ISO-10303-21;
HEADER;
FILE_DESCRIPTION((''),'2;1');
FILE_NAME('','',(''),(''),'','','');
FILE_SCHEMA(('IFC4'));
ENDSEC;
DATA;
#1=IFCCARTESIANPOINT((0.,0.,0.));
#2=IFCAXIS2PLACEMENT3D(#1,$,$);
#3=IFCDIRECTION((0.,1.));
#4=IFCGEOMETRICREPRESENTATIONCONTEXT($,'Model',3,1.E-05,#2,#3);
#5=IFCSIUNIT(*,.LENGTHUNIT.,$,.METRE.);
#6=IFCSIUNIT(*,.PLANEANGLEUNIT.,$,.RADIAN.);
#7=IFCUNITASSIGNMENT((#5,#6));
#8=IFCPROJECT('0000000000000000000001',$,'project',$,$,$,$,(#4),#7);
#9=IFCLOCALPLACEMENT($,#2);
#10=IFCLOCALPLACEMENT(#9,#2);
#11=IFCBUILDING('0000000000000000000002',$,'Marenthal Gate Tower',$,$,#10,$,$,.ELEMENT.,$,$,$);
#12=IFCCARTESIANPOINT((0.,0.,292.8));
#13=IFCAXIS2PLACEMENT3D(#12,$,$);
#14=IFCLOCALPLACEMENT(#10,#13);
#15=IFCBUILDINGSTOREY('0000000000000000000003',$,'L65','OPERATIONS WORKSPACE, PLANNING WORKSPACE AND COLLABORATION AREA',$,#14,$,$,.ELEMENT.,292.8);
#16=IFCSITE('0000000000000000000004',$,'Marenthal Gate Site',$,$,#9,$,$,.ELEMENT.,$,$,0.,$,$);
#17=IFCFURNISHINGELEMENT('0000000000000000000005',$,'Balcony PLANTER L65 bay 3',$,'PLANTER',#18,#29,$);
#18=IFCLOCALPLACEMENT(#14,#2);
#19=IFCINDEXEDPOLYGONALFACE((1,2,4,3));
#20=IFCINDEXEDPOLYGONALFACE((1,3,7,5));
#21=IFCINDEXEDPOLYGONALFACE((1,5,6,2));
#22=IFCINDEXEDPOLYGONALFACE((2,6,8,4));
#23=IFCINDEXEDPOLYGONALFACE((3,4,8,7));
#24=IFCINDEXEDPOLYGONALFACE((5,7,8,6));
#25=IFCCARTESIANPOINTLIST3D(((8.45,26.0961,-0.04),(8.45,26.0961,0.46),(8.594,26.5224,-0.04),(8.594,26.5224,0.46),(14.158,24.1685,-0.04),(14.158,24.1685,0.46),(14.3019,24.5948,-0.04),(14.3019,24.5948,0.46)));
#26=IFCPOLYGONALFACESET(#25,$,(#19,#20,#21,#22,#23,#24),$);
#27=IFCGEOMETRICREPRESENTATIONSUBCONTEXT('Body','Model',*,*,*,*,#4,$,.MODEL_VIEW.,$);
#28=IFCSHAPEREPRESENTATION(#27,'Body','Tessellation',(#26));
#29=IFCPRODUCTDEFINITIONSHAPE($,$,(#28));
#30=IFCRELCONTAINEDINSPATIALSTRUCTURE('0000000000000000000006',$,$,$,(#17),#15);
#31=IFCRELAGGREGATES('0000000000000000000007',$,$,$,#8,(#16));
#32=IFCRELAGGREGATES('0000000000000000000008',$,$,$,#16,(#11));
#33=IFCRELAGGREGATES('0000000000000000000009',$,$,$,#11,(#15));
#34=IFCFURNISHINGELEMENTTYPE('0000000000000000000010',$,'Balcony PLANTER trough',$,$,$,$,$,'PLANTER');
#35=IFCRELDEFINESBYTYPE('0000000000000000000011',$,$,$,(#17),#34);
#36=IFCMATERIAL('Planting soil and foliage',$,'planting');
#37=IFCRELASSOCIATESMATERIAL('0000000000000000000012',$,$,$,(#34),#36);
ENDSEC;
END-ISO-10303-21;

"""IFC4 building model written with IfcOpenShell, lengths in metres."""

from ifc_helpers import new_model, si_unit, direction, frame, origin, origin_2d, place, context, subcontext, project, spatial, rectangle, extrude, material, type_object, element, save


model = new_model("IFC4")

# Units and contexts
model_context = context("Model", 3, precision=1e-05, world=origin(), true_north=direction((0.0, 1.0)))
body_context = subcontext(model_context, "Body", "Model", "MODEL_VIEW")
ifc_project = project(units=[si_unit("LENGTHUNIT", "METRE"), si_unit("PLANEANGLEUNIT", "RADIAN")], contexts=[model_context])

# Site, building, storey
site_placement = place(None, origin())
site = spatial("IfcSite", under=ifc_project, at=site_placement, Name="Marenthal Gate Site", CompositionType="ELEMENT", RefElevation=0.0)
building_placement = place(site_placement, origin())
building = spatial("IfcBuilding", under=site, at=building_placement, Name="Marenthal Gate Tower", CompositionType="ELEMENT")
storey_placement = place(building_placement, frame((0.0, 0.0, 292.8)))
storey = spatial("IfcBuildingStorey", under=building, at=storey_placement, Name="L65", Description="OPERATIONS WORKSPACE, PLANNING WORKSPACE AND COLLABORATION AREA", CompositionType="ELEMENT", Elevation=292.8)

# Furnishing element
ifc_material_1 = material(Name="Planting soil and foliage", Category="planting")
furnishing_element_type = type_object("IfcFurnishingElementType", Name="Balcony PLANTER trough", ElementType="PLANTER", material=ifc_material_1)
furnishing_placement = place(storey_placement, frame((11.376, 25.3455, -0.04), z_axis=(0.0, 0.0, 1.0), x_axis=(-0.947437, 0.319942, 0.0)))
element("IfcFurnishingElement", 1, at=furnishing_placement, inside=storey, type_object=furnishing_element_type, Name="Balcony PLANTER L65 bay 3", ObjectType="PLANTER", context=body_context, shape_type="SweptSolid", body=[
    extrude(rectangle(XDim=6.0247, YDim=0.45, at=origin_2d()), origin(), (0.0, 0.0, 1.0), 0.5),
])

save(model, "model.ifc")
